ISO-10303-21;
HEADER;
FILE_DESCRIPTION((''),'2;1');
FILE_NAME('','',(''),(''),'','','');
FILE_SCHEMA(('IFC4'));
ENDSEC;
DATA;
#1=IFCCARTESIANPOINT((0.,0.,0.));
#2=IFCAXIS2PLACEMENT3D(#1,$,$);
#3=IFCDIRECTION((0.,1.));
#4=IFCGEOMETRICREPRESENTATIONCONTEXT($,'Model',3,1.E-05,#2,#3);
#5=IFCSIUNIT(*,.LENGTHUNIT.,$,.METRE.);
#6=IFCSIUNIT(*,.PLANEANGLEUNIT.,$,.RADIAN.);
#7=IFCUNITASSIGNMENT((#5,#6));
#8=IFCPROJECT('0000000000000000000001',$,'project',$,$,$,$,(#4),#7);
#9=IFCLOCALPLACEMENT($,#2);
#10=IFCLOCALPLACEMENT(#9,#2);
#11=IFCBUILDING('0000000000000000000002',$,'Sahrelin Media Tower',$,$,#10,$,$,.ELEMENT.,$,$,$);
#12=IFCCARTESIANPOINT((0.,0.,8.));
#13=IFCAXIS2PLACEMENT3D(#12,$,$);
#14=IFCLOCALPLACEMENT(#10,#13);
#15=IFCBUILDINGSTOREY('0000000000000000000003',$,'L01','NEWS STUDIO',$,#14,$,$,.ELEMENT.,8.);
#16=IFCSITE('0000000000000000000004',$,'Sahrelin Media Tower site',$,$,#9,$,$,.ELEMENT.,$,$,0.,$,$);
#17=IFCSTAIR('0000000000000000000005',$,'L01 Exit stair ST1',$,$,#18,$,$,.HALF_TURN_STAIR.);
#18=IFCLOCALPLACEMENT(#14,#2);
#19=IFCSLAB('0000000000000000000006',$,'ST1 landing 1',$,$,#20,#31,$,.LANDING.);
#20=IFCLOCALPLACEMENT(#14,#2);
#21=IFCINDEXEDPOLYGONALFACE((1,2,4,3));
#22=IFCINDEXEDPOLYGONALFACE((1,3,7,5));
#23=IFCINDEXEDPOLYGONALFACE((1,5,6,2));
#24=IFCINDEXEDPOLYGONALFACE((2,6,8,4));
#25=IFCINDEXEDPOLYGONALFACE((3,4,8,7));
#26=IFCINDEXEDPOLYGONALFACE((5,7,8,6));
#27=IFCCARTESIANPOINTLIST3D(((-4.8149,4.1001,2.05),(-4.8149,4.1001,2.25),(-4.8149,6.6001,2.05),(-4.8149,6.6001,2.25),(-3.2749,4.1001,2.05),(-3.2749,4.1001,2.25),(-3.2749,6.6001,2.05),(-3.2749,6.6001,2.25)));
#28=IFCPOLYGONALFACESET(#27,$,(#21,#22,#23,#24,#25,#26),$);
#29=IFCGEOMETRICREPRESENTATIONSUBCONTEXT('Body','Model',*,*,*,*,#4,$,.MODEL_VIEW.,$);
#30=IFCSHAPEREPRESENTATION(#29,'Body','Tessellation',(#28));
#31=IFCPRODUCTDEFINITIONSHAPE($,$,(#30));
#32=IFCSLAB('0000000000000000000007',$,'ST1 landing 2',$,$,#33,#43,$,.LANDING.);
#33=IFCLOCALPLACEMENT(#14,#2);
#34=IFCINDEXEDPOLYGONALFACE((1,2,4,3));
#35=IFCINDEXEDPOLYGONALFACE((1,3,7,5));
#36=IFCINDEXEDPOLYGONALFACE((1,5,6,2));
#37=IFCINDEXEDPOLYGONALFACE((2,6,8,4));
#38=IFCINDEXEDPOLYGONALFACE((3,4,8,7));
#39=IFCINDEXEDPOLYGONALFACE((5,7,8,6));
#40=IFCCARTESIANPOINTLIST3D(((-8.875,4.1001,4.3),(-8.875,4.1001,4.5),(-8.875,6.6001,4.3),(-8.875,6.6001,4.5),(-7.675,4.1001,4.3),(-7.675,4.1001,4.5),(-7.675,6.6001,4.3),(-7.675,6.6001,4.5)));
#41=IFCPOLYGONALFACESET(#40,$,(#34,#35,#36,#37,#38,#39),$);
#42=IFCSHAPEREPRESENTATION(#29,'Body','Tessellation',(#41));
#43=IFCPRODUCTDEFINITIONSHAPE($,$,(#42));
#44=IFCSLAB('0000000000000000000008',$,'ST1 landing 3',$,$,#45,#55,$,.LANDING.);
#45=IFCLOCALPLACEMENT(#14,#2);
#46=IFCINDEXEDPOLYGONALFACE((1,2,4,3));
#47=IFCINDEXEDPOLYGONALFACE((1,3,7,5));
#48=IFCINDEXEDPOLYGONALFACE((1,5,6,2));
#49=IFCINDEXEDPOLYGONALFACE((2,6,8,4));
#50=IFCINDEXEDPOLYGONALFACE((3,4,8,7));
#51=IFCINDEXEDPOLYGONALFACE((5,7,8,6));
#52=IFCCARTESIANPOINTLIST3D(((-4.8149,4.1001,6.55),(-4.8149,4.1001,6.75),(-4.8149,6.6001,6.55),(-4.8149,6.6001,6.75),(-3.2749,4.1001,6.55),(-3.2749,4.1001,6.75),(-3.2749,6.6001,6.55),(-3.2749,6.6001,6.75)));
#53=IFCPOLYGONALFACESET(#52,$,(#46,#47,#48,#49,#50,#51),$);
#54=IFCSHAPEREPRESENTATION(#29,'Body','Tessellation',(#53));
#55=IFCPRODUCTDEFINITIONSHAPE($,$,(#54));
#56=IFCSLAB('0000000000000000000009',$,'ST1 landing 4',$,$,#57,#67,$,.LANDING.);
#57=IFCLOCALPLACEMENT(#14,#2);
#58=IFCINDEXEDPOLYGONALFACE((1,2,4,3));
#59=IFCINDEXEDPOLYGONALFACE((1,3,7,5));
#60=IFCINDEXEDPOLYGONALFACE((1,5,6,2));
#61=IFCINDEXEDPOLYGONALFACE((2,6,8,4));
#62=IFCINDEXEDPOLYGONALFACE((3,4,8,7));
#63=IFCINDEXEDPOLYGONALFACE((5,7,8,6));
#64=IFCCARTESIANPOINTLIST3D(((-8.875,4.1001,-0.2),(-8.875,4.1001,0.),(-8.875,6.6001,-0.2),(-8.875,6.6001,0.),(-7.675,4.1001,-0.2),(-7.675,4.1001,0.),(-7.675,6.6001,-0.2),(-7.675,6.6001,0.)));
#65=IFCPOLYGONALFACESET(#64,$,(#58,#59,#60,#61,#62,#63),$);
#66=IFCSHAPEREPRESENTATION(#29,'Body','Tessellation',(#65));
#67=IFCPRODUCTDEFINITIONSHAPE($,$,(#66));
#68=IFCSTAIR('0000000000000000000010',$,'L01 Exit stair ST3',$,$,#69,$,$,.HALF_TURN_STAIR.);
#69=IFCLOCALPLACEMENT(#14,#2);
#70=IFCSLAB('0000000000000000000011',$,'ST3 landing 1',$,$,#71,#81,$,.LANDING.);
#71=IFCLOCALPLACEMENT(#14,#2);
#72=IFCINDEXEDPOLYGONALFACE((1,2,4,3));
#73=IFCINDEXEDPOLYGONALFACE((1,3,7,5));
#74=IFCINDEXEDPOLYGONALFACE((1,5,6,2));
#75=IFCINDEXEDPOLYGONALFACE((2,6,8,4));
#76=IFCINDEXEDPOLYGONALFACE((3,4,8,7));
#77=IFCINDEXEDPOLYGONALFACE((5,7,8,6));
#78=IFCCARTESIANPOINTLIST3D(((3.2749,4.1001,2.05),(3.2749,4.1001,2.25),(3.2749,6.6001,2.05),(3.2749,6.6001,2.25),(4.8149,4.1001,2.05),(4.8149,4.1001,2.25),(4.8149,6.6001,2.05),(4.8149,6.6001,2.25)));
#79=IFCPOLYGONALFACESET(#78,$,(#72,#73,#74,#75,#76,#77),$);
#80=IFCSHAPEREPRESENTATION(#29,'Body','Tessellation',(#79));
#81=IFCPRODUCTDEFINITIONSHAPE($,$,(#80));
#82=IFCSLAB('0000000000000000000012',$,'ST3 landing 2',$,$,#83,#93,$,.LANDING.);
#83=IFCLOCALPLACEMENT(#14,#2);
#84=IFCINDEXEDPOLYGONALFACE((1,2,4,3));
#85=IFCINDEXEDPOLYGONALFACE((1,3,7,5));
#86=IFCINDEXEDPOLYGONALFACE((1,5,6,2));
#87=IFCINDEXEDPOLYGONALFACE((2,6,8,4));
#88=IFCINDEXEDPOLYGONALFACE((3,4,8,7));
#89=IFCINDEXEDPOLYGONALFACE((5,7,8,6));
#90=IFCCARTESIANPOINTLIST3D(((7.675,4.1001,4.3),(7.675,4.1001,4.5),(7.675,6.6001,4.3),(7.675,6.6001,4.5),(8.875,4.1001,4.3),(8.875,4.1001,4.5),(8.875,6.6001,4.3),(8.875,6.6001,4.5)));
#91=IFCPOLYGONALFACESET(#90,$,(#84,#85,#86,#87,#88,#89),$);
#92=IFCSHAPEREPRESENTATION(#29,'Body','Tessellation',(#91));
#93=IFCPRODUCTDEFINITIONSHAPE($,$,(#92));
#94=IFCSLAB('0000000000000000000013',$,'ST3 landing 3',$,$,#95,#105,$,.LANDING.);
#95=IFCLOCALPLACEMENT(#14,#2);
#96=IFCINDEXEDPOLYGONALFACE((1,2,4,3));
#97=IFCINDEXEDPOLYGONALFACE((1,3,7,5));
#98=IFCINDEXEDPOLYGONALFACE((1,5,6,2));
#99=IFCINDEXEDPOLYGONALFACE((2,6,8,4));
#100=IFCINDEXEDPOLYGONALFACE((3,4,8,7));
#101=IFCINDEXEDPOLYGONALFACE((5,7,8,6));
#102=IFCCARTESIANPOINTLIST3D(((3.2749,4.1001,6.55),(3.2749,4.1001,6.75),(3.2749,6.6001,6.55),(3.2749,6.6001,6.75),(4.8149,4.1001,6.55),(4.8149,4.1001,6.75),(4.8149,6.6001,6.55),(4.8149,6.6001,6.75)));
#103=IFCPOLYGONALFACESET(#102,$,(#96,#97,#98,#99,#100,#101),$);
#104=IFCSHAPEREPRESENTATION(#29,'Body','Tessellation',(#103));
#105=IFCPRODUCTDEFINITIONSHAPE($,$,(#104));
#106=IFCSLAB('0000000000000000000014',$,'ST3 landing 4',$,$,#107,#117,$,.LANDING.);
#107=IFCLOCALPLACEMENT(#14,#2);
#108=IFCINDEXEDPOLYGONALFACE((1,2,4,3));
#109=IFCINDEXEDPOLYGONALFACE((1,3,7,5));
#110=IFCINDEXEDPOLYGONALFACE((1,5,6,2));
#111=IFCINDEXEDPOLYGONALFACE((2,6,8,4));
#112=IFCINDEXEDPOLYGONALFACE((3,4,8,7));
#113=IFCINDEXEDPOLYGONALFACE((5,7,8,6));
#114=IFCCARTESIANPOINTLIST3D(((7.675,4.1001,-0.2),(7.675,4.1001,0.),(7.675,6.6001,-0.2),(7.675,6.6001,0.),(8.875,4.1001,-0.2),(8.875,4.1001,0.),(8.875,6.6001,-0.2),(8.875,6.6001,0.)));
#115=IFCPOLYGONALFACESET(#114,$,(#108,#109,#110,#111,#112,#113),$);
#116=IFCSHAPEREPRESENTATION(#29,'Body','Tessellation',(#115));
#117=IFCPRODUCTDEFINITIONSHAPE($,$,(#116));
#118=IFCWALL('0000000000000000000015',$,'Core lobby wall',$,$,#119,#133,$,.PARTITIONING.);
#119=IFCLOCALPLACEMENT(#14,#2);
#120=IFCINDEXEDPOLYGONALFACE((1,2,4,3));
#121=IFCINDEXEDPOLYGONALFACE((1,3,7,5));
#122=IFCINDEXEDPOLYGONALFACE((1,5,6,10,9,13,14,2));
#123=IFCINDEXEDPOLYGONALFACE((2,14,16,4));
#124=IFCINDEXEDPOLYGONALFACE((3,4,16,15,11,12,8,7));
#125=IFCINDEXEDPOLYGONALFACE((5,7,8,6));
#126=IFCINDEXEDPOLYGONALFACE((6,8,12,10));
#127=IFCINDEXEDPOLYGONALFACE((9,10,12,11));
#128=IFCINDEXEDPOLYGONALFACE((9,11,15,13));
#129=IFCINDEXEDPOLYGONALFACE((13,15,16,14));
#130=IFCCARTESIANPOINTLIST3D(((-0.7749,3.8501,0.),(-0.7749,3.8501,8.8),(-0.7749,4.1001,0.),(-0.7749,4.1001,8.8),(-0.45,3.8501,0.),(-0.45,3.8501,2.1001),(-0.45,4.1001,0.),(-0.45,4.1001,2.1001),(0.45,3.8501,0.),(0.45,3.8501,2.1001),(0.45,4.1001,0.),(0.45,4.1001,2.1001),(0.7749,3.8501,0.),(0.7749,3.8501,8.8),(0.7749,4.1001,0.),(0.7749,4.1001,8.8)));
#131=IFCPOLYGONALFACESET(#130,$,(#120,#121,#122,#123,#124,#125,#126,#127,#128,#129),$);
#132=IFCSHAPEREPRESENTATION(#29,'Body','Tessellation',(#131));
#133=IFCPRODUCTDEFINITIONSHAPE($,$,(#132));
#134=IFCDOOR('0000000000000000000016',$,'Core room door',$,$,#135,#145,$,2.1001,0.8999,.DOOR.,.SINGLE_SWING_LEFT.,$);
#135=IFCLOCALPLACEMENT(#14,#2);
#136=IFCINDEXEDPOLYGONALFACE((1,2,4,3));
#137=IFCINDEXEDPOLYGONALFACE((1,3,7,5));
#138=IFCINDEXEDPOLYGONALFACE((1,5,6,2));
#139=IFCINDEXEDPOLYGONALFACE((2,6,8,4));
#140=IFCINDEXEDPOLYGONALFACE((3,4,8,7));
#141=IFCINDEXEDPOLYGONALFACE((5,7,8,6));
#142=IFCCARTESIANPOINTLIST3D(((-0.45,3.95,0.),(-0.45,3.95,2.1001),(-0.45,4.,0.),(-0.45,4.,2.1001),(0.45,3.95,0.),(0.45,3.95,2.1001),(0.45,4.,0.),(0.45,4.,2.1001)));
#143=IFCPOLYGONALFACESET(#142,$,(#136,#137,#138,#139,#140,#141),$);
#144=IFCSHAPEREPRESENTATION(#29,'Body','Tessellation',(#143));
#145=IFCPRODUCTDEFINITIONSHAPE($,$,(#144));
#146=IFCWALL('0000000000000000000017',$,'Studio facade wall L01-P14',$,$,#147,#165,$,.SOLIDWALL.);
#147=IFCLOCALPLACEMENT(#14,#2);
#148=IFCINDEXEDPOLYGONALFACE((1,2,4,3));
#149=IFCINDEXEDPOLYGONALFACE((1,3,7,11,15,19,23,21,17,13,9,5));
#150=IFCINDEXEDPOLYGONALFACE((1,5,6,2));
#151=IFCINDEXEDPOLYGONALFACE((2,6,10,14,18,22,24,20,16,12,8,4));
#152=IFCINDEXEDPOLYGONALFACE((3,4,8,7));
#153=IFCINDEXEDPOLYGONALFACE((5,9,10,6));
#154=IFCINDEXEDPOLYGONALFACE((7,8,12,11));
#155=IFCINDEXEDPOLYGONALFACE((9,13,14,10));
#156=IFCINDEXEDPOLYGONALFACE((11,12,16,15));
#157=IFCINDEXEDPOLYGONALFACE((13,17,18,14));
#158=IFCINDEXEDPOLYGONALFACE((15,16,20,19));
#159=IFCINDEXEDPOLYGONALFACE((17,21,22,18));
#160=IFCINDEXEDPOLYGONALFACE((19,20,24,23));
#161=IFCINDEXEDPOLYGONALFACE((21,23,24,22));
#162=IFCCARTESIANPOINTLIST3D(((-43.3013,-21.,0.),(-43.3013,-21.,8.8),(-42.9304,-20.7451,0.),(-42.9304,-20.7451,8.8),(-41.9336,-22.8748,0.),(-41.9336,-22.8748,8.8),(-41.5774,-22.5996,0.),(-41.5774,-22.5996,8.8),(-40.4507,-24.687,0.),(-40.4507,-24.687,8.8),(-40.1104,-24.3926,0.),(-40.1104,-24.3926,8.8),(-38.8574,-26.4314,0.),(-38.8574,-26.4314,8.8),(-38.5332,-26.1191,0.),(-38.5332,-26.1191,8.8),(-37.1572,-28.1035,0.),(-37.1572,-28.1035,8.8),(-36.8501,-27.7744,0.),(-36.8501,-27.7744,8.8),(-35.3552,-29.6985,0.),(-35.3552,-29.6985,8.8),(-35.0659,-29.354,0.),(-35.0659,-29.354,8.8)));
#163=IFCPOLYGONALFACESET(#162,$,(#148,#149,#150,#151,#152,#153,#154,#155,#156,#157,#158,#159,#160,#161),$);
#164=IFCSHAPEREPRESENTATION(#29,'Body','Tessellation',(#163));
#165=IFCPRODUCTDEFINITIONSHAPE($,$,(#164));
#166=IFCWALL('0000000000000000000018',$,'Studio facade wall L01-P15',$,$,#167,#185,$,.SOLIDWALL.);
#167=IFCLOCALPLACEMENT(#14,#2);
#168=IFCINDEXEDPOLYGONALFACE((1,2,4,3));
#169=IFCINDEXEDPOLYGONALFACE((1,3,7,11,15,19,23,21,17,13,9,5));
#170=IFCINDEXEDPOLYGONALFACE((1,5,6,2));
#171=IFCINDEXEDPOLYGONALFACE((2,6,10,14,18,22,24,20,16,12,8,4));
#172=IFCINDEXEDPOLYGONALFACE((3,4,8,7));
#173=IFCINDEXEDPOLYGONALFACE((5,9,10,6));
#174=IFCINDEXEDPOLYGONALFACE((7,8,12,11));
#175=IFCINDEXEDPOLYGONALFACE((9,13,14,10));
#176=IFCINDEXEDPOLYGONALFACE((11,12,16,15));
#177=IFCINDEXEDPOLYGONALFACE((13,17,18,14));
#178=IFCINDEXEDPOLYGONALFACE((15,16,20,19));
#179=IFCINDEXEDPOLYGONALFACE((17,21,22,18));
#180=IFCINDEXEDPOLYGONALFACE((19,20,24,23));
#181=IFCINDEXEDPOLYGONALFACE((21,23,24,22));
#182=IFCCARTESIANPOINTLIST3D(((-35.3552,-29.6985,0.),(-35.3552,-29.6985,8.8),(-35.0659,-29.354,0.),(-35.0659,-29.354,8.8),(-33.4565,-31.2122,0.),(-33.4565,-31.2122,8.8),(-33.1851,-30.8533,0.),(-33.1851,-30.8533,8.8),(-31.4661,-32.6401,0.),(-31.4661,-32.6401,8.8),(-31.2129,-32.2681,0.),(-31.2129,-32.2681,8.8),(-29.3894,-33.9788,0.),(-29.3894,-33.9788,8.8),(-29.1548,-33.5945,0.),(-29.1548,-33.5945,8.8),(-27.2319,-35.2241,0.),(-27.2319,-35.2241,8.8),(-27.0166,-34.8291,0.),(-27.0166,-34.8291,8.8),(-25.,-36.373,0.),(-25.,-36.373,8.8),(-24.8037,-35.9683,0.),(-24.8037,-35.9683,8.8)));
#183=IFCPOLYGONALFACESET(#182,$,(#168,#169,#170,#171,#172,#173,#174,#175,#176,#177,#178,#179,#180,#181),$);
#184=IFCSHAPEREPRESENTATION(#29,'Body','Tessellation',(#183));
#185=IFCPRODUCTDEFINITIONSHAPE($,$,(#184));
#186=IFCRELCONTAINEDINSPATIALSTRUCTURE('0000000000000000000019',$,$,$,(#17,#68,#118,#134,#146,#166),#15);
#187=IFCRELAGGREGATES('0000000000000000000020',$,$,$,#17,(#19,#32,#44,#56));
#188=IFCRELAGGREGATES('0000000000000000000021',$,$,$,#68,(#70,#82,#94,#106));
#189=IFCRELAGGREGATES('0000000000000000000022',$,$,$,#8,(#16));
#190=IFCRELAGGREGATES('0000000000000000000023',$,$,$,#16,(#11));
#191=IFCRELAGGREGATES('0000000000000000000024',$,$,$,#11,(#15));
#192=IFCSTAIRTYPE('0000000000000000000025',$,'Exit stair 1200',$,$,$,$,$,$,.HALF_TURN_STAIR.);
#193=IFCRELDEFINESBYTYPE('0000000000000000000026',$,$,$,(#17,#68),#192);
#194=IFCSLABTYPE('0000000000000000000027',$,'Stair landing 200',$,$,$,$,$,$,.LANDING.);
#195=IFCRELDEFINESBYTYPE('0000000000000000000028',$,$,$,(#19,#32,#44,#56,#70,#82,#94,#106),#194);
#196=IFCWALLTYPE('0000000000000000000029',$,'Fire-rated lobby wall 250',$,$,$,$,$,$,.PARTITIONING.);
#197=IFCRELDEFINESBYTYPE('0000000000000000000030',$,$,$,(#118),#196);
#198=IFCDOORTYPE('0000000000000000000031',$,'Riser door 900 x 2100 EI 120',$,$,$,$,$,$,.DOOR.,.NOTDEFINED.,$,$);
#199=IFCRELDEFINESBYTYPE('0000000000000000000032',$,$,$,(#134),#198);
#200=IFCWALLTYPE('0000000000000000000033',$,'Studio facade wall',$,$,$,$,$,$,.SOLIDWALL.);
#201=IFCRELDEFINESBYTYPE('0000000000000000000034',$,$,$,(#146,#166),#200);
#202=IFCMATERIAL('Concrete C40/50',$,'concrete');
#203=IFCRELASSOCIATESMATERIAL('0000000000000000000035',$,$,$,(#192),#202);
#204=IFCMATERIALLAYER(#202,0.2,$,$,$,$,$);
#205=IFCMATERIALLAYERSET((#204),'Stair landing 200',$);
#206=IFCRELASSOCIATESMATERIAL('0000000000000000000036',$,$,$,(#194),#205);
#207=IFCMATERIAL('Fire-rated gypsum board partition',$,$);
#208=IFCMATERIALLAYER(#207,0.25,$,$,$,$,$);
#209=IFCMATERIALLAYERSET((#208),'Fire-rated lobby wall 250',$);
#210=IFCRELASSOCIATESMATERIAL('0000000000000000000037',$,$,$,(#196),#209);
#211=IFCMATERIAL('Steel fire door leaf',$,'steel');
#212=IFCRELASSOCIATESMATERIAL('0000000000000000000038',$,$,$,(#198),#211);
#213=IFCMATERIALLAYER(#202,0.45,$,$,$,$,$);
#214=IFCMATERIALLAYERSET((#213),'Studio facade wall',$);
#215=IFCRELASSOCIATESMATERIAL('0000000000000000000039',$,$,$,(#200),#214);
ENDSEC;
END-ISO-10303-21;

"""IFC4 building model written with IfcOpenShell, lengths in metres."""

from ifc_helpers import new_model, si_unit, direction, frame, frame_2d, origin, place, context, subcontext, project, spatial, polyline, rectangle, outline, extrude, material, layer, layer_set, type_object, element, fill, aggregate, save


model = new_model("IFC4")

# Units and contexts
model_context = context("Model", 3, precision=1e-05, world=origin(), true_north=direction((0.0, 1.0)))
body_context = subcontext(model_context, "Body", "Model", "MODEL_VIEW")
ifc_project = project(units=[si_unit("LENGTHUNIT", "METRE"), si_unit("PLANEANGLEUNIT", "RADIAN")], contexts=[model_context])

# Site, building, storey
site_placement = place(None, origin())
site = spatial("IfcSite", under=ifc_project, at=site_placement, Name="Sahrelin Media Tower site", CompositionType="ELEMENT", RefElevation=0.0)
building_placement = place(site_placement, origin())
building = spatial("IfcBuilding", under=site, at=building_placement, Name="Sahrelin Media Tower", CompositionType="ELEMENT")
storey_placement = place(building_placement, frame((0.0, 0.0, 8.0)))
storey = spatial("IfcBuildingStorey", under=building, at=storey_placement, Name="L01", Description="NEWS STUDIO", CompositionType="ELEMENT", Elevation=8.0)

# Stairs, slabs
ifc_material_1 = material(Name="Concrete C40/50", Category="concrete")
stair_type = type_object("IfcStairType", Name="Exit stair 1200", PredefinedType="HALF_TURN_STAIR", material=ifc_material_1)
placement_1 = place(storey_placement, origin())
stair_1 = element("IfcStair", 1, at=placement_1, inside=storey, type_object=stair_type, Name="L01 Exit stair ST1", PredefinedType="HALF_TURN_STAIR")
ifc_layer_1 = layer(ifc_material_1, 0.2)
ifc_layer_set_1 = layer_set([ifc_layer_1], Name="Stair landing 200")
slab_type = type_object("IfcSlabType", Name="Stair landing 200", PredefinedType="LANDING", material=ifc_layer_set_1)
placement_2 = place(storey_placement, frame((0.0, 0.0, 2.05)))
slab_1 = element("IfcSlab", 2, at=placement_2, type_object=slab_type, Name="ST1 landing 1", PredefinedType="LANDING", context=body_context, shape_type="SweptSolid", body=[
    extrude(outline(polyline([(-4.8149, 4.1001), (-3.2749, 4.1001), (-3.2749, 6.6001), (-4.8149, 6.6001), (-4.8149, 4.1001)])), origin(), (0.0, 0.0, 1.0), 0.2),
])
placement_3 = place(storey_placement, frame((0.0, 0.0, 4.3)))
slab_2 = element("IfcSlab", 3, at=placement_3, type_object=slab_type, Name="ST1 landing 2", PredefinedType="LANDING", context=body_context, shape_type="SweptSolid", body=[
    extrude(outline(polyline([(-8.875, 4.1001), (-7.675, 4.1001), (-7.675, 6.6001), (-8.875, 6.6001), (-8.875, 4.1001)])), origin(), (0.0, 0.0, 1.0), 0.2),
])
placement_4 = place(storey_placement, frame((0.0, 0.0, 6.55)))
slab_3 = element("IfcSlab", 4, at=placement_4, type_object=slab_type, Name="ST1 landing 3", PredefinedType="LANDING", context=body_context, shape_type="SweptSolid", body=[
    extrude(outline(polyline([(-4.8149, 4.1001), (-3.2749, 4.1001), (-3.2749, 6.6001), (-4.8149, 6.6001), (-4.8149, 4.1001)])), origin(), (0.0, 0.0, 1.0), 0.2),
])
placement_5 = place(storey_placement, frame((0.0, 0.0, -0.2)))
slab_4 = element("IfcSlab", 5, at=placement_5, type_object=slab_type, Name="ST1 landing 4", PredefinedType="LANDING", context=body_context, shape_type="SweptSolid", body=[
    extrude(outline(polyline([(-8.875, 4.1001), (-7.675, 4.1001), (-7.675, 6.6001), (-8.875, 6.6001), (-8.875, 4.1001)])), origin(), (0.0, 0.0, 1.0), 0.2),
])
aggregate(stair_1, [slab_1, slab_2, slab_3, slab_4])
stair_2 = element("IfcStair", 6, at=placement_1, inside=storey, type_object=stair_type, Name="L01 Exit stair ST3", PredefinedType="HALF_TURN_STAIR")
slab_5 = element("IfcSlab", 7, at=placement_2, type_object=slab_type, Name="ST3 landing 1", PredefinedType="LANDING", context=body_context, shape_type="SweptSolid", body=[
    extrude(outline(polyline([(4.8149, 6.6001), (3.2749, 6.6001), (3.2749, 4.1001), (4.8149, 4.1001), (4.8149, 6.6001)])), origin(), (0.0, 0.0, 1.0), 0.2),
])
slab_6 = element("IfcSlab", 8, at=placement_3, type_object=slab_type, Name="ST3 landing 2", PredefinedType="LANDING", context=body_context, shape_type="SweptSolid", body=[
    extrude(outline(polyline([(8.875, 6.6001), (7.675, 6.6001), (7.675, 4.1001), (8.875, 4.1001), (8.875, 6.6001)])), origin(), (0.0, 0.0, 1.0), 0.2),
])
slab_7 = element("IfcSlab", 9, at=placement_4, type_object=slab_type, Name="ST3 landing 3", PredefinedType="LANDING", context=body_context, shape_type="SweptSolid", body=[
    extrude(outline(polyline([(4.8149, 6.6001), (3.2749, 6.6001), (3.2749, 4.1001), (4.8149, 4.1001), (4.8149, 6.6001)])), origin(), (0.0, 0.0, 1.0), 0.2),
])
slab_8 = element("IfcSlab", 10, at=placement_5, type_object=slab_type, Name="ST3 landing 4", PredefinedType="LANDING", context=body_context, shape_type="SweptSolid", body=[
    extrude(outline(polyline([(8.875, 6.6001), (7.675, 6.6001), (7.675, 4.1001), (8.875, 4.1001), (8.875, 6.6001)])), origin(), (0.0, 0.0, 1.0), 0.2),
])
aggregate(stair_2, [slab_5, slab_6, slab_7, slab_8])

# Wall, opening, door
ifc_material_2 = material(Name="Fire-rated gypsum board partition")
ifc_layer_2 = layer(ifc_material_2, 0.25)
ifc_layer_set_2 = layer_set([ifc_layer_2], Name="Fire-rated lobby wall 250")
wall_type_1 = type_object("IfcWallType", Name="Fire-rated lobby wall 250", PredefinedType="PARTITIONING", material=ifc_layer_set_2)
wall_1_placement = place(storey_placement, frame((-0.7749, 3.9751, 0.0), z_axis=(0.0, 0.0, 1.0), x_axis=(1.0, 0.0, 0.0)))
wall_1 = element("IfcWall", 11, at=wall_1_placement, inside=storey, type_object=wall_type_1, Name="Core lobby wall", PredefinedType="PARTITIONING", context=body_context, shape_type="SweptSolid", body=[
    extrude(rectangle(XDim=1.5498, YDim=0.25, at=frame_2d((0.7749, 0.0))), origin(), (0.0, 0.0, 1.0), 8.8),
])
opening_placement = place(wall_1_placement, frame((0.325, 0.0, 0.0)))
opening = element("IfcOpeningElement", 12, at=opening_placement, cuts=wall_1, PredefinedType="OPENING", context=body_context, shape_type="SweptSolid", body=[
    extrude(rectangle(XDim=0.8999, YDim=2.1001, at=frame_2d((0.45, 1.05))), frame((0.0, 0.125, 0.0), z_axis=(0.0, -1.0, 0.0), x_axis=(1.0, 0.0, 0.0)), (0.0, 0.0, 1.0), 0.25),
])
ifc_material_3 = material(Name="Steel fire door leaf", Category="steel")
door_type = type_object("IfcDoorType", Name="Riser door 900 x 2100 EI 120", OperationType="NOTDEFINED", PredefinedType="DOOR", material=ifc_material_3)
door_placement = place(opening_placement, origin())
door = element("IfcDoor", 13, at=door_placement, inside=storey, type_object=door_type, Name="Core room door", OperationType="SINGLE_SWING_LEFT", OverallHeight=2.1001, OverallWidth=0.8999, PredefinedType="DOOR", context=body_context, shape_type="SweptSolid", body=[
    extrude(rectangle(XDim=0.8999, YDim=2.1001, at=frame_2d((0.45, 1.05))), frame((0.0, 0.0249, 0.0), z_axis=(0.0, -1.0, 0.0), x_axis=(1.0, 0.0, 0.0)), (0.0, 0.0, 1.0), 0.05),
])
fill(opening, door)

# Walls
ifc_layer_3 = layer(ifc_material_1, 0.45)
ifc_layer_set_3 = layer_set([ifc_layer_3], Name="Studio facade wall")
wall_type_2 = type_object("IfcWallType", Name="Studio facade wall", PredefinedType="SOLIDWALL", material=ifc_layer_set_3)
element("IfcWall", 14, at=placement_1, inside=storey, type_object=wall_type_2, Name="Studio facade wall L01-P14", PredefinedType="SOLIDWALL", context=body_context, shape_type="SweptSolid", body=[
    extrude(outline(polyline([(-43.3013, -21.0), (-41.9336, -22.8748), (-40.4507, -24.687), (-38.8574, -26.4314), (-37.1572, -28.1035), (-35.3552, -29.6985), (-35.0659, -29.354), (-36.8501, -27.7744), (-38.5332, -26.1191), (-40.1104, -24.3926), (-41.5774, -22.5996), (-42.9304, -20.7451), (-43.3013, -21.0)])), origin(), (0.0, 0.0, 1.0), 8.8),
])
element("IfcWall", 15, at=placement_1, inside=storey, type_object=wall_type_2, Name="Studio facade wall L01-P15", PredefinedType="SOLIDWALL", context=body_context, shape_type="SweptSolid", body=[
    extrude(outline(polyline([(-35.3552, -29.6985), (-33.4565, -31.2122), (-31.4661, -32.6401), (-29.3894, -33.9788), (-27.2319, -35.2241), (-25.0, -36.373), (-24.8037, -35.9683), (-27.0166, -34.8291), (-29.1548, -33.5945), (-31.2129, -32.2681), (-33.1851, -30.8533), (-35.0659, -29.354), (-35.3552, -29.6985)])), origin(), (0.0, 0.0, 1.0), 8.8),
])

save(model, "model.ifc")
